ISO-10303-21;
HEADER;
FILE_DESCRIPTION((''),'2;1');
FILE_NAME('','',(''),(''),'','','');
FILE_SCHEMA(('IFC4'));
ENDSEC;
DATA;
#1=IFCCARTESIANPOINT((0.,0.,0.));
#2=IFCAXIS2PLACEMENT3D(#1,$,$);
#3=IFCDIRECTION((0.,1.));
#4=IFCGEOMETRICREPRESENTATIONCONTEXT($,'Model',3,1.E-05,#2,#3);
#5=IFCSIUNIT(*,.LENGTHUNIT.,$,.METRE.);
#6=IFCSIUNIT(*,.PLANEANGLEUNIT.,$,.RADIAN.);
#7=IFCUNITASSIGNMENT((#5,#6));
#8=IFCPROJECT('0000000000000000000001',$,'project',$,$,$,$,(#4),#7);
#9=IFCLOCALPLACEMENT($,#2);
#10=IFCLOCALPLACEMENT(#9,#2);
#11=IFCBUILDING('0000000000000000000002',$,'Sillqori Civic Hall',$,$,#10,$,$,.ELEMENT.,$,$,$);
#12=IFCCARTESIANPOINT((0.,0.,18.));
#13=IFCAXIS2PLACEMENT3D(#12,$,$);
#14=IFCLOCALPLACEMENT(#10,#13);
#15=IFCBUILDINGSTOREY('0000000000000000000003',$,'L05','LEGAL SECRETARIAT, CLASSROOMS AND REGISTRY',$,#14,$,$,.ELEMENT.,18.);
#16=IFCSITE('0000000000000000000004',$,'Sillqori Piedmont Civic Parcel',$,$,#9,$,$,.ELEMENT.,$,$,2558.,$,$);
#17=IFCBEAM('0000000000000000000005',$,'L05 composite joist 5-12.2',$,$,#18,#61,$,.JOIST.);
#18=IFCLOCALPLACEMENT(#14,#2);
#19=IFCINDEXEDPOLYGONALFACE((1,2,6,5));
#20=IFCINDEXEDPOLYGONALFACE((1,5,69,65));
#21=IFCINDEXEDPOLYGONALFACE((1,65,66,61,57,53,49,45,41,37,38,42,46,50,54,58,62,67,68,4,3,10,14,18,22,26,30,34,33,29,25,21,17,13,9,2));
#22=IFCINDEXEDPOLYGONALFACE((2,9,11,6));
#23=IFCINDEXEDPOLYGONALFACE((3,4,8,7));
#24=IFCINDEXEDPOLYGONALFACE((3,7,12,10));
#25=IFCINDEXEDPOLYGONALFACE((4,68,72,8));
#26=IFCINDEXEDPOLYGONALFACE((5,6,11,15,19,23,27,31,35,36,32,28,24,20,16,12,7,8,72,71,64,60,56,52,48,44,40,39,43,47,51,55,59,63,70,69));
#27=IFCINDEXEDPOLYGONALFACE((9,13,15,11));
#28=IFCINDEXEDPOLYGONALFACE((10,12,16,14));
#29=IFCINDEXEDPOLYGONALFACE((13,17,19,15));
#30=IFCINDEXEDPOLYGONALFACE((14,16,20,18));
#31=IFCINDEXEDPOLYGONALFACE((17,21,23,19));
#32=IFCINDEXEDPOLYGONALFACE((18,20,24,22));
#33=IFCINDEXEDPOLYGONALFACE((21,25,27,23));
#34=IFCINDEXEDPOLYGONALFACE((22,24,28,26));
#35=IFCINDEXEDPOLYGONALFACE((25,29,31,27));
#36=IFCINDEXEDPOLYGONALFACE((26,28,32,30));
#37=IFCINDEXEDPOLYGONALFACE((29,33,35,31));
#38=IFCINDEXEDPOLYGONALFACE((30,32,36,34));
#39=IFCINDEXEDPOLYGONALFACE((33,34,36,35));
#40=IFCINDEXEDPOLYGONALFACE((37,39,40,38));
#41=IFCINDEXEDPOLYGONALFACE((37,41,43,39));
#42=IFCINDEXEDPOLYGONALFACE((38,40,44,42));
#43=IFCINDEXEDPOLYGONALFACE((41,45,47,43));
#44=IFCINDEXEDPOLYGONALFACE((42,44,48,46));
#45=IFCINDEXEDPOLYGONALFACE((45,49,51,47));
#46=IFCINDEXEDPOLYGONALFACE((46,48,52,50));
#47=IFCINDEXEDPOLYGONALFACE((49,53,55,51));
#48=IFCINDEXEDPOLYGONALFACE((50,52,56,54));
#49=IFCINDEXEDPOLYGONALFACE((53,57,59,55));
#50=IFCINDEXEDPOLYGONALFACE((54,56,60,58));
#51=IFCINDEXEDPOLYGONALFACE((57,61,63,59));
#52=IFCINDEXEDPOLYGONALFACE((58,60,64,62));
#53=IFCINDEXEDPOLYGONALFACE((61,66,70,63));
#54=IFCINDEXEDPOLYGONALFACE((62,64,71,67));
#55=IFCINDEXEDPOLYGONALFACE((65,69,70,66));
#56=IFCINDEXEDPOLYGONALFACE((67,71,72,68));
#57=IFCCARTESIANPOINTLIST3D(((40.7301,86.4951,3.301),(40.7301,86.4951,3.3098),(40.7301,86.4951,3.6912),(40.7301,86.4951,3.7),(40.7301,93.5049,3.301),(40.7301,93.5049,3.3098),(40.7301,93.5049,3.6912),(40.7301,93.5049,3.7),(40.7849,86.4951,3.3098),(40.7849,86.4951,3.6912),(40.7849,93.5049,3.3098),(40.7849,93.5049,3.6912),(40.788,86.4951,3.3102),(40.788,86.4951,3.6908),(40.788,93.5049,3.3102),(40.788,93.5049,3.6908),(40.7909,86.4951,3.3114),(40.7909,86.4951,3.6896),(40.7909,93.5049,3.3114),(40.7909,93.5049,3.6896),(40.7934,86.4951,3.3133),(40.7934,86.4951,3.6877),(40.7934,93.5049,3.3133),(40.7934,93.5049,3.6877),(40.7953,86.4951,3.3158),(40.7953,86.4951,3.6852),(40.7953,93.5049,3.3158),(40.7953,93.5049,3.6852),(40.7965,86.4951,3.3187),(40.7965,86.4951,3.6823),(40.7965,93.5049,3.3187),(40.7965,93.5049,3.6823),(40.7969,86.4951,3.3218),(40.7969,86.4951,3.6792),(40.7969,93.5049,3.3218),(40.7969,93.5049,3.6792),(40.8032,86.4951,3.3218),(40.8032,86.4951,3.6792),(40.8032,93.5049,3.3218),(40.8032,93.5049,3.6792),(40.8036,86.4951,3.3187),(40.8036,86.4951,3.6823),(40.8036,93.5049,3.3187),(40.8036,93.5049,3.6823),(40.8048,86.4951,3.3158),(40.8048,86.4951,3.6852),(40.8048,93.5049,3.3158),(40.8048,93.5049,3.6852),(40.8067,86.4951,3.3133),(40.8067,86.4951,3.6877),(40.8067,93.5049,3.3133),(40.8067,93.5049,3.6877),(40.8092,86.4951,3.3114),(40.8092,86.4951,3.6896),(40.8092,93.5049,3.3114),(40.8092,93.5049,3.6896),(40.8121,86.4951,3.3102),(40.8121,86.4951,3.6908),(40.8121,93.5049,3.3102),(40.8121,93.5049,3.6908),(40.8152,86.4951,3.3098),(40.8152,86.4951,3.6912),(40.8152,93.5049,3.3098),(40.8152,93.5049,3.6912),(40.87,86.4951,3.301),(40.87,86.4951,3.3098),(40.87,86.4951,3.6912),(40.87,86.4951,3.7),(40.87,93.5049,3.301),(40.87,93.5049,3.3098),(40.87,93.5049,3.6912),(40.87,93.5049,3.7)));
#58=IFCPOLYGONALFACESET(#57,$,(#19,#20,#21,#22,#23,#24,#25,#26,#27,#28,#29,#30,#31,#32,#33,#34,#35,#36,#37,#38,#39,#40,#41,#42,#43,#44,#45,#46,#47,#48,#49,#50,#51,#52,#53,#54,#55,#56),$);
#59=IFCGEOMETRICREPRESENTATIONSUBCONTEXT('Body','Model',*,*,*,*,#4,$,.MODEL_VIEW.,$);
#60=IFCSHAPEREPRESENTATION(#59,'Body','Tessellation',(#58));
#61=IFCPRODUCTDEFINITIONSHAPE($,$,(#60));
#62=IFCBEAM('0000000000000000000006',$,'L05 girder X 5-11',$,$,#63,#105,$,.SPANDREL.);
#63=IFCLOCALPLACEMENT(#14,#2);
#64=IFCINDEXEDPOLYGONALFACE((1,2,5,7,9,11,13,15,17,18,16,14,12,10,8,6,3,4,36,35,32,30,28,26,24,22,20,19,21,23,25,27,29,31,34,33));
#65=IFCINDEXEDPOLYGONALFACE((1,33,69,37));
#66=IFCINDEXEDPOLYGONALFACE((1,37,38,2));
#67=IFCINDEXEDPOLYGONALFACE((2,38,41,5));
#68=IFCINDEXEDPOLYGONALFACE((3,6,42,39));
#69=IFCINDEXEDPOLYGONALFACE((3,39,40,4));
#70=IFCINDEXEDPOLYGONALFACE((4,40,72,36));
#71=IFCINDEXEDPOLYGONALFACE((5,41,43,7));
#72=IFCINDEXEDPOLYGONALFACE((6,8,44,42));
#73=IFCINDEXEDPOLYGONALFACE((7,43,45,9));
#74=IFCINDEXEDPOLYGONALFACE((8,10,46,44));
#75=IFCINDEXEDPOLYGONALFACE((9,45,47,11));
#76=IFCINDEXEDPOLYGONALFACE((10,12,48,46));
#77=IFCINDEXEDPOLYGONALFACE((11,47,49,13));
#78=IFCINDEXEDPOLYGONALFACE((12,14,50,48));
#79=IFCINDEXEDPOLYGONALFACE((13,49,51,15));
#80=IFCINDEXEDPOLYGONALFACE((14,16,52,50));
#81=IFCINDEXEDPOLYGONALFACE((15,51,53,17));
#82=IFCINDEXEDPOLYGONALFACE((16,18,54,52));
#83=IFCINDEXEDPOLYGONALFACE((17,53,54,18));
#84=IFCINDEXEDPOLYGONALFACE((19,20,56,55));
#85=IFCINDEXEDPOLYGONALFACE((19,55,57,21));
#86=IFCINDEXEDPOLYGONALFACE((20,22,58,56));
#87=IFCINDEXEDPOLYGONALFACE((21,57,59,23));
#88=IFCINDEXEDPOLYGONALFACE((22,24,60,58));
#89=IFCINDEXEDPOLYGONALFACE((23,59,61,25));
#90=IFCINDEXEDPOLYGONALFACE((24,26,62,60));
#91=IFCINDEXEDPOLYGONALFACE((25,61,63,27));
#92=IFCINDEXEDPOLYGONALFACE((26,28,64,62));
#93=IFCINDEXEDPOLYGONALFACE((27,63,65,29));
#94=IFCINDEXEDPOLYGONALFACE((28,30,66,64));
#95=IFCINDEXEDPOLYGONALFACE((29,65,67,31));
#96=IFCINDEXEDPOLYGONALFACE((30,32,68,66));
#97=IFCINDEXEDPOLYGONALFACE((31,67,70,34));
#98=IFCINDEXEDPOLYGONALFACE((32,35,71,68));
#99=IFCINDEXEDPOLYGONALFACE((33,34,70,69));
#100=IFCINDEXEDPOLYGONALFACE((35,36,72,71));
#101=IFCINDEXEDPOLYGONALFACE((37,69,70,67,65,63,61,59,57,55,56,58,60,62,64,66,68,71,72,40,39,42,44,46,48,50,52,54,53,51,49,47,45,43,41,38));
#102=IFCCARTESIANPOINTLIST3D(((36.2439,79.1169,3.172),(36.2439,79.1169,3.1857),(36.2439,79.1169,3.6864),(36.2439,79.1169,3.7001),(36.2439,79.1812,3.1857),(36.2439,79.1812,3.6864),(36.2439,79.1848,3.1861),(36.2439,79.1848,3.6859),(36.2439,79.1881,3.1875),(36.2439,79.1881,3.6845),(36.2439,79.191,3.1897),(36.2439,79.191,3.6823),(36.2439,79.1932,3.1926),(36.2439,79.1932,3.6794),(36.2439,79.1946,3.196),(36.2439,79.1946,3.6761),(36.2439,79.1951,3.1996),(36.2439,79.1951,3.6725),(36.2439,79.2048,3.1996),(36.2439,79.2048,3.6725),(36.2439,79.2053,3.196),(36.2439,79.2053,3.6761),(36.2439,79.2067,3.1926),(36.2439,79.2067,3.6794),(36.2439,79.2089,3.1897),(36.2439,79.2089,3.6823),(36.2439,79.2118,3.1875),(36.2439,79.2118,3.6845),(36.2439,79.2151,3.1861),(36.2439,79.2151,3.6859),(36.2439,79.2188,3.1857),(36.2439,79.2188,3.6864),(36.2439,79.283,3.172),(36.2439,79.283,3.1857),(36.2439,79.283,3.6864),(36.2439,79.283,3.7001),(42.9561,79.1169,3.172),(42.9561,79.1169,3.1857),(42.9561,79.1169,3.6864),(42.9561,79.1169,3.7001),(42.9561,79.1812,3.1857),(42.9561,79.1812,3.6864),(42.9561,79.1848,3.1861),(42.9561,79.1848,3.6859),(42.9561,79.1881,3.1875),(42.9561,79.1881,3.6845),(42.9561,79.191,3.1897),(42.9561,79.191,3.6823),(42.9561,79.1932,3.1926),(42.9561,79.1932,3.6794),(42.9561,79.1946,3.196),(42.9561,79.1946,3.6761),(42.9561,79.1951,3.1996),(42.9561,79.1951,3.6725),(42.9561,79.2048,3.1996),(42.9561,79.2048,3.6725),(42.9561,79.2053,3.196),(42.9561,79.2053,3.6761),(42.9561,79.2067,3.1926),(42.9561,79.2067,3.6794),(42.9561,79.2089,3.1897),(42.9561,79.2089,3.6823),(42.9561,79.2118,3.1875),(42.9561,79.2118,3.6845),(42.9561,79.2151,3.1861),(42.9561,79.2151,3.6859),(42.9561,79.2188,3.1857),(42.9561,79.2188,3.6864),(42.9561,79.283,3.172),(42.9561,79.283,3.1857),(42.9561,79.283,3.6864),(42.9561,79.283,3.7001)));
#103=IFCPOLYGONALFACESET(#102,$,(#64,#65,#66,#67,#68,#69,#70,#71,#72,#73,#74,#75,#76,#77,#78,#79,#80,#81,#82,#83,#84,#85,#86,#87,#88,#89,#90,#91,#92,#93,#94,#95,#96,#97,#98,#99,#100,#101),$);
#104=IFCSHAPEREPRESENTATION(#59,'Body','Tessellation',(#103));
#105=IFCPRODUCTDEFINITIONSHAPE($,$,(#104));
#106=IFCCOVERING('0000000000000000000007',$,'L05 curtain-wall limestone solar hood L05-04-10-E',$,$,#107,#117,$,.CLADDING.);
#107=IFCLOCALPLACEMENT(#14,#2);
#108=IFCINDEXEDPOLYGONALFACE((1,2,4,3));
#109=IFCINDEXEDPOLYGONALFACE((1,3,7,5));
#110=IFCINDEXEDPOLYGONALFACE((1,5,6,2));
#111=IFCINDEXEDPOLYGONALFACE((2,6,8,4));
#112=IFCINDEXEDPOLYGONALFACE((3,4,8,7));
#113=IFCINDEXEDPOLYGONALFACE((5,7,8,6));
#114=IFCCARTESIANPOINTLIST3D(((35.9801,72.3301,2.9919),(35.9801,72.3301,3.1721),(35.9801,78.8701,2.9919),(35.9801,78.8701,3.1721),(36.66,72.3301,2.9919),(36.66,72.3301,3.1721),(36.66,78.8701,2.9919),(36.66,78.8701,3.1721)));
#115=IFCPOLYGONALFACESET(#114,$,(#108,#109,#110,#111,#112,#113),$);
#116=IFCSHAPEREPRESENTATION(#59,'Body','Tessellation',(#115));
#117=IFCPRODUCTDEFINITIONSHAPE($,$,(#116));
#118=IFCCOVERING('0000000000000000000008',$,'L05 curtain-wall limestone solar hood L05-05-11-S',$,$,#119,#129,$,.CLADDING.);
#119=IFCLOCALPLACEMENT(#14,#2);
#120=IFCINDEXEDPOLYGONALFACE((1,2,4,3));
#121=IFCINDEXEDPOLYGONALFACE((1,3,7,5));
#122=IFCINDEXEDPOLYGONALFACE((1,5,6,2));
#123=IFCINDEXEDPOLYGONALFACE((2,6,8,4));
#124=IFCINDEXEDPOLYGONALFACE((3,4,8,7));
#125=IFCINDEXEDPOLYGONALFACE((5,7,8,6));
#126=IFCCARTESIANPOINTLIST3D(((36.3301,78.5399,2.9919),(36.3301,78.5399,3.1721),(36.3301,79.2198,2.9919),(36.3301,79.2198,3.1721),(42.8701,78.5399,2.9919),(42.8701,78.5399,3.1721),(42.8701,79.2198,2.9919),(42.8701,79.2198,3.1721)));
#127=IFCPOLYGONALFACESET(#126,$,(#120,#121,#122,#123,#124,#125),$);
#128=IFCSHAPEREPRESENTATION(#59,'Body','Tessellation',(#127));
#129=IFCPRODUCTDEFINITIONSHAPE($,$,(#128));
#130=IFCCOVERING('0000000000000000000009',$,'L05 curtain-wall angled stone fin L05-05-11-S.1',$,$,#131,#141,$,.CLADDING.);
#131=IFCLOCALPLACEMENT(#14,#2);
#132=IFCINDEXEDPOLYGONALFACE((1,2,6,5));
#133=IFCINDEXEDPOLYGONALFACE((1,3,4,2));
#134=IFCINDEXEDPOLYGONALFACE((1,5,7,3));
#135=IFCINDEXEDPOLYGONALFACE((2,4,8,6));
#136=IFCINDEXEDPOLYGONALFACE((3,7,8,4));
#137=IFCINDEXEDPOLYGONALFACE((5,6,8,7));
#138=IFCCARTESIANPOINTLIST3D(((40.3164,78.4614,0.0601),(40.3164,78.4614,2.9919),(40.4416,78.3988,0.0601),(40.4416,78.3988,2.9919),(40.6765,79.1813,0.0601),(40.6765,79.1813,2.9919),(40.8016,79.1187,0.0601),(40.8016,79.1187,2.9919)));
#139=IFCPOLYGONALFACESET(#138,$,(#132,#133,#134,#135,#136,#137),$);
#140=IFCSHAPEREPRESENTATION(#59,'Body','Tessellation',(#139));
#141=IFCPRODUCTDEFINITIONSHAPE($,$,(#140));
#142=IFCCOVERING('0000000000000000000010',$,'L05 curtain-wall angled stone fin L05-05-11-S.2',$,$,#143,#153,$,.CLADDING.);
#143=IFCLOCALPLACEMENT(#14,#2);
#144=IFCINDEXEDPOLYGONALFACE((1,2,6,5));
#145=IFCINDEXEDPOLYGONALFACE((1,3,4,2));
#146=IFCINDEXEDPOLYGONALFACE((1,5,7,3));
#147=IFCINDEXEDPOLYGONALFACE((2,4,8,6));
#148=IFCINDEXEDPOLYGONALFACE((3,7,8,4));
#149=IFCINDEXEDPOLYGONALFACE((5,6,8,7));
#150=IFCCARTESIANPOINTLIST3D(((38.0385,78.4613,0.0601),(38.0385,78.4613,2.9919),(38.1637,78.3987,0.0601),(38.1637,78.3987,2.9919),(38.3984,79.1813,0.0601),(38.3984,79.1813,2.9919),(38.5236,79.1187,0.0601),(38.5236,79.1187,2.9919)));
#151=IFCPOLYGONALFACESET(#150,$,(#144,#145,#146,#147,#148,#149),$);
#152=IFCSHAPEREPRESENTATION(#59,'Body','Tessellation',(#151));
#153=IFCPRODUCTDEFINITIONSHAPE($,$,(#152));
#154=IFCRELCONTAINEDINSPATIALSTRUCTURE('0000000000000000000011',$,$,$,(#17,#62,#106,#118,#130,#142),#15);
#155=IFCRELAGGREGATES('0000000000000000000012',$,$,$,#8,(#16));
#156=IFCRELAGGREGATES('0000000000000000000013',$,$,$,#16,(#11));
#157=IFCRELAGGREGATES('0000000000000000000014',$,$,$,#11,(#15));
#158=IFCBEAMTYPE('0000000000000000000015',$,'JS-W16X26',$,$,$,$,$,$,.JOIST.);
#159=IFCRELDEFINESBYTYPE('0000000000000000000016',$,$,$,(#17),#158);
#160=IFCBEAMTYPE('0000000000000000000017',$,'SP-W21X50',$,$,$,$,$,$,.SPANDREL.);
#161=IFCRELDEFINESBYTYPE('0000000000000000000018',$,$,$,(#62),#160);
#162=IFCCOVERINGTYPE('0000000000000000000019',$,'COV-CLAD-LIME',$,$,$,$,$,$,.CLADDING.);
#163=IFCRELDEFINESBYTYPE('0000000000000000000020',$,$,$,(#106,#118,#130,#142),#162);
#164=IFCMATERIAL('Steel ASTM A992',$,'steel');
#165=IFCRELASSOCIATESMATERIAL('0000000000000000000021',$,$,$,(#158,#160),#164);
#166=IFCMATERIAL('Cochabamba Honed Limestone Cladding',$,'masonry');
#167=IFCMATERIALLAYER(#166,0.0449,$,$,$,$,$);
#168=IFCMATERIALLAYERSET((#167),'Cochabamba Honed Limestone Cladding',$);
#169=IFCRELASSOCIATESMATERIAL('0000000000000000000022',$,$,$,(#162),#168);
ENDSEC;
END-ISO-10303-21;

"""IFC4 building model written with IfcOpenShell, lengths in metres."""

from ifc_helpers import new_model, si_unit, direction, frame, frame_2d, origin, origin_2d, place, context, subcontext, project, spatial, rectangle, i_section, extrude, material, layer, layer_set, material_profile, profile_set, type_object, element, save


model = new_model("IFC4")

# Units and contexts
model_context = context("Model", 3, precision=1e-05, world=origin(), true_north=direction((0.0, 1.0)))
body_context = subcontext(model_context, "Body", "Model", "MODEL_VIEW")
ifc_project = project(units=[si_unit("LENGTHUNIT", "METRE"), si_unit("PLANEANGLEUNIT", "RADIAN")], contexts=[model_context])

# Site, building, storey
site_placement = place(None, origin())
site = spatial("IfcSite", under=ifc_project, at=site_placement, Name="Sillqori Piedmont Civic Parcel", CompositionType="ELEMENT", RefElevation=2558.0)
building_placement = place(site_placement, origin())
building = spatial("IfcBuilding", under=site, at=building_placement, Name="Sillqori Civic Hall", CompositionType="ELEMENT")
storey_placement = place(building_placement, frame((0.0, 0.0, 18.0)))
storey = spatial("IfcBuildingStorey", under=building, at=storey_placement, Name="L05", Description="LEGAL SECRETARIAT, CLASSROOMS AND REGISTRY", CompositionType="ELEMENT", Elevation=18.0)

# Shared definitions
ifc_material_1 = material(Name="Steel ASTM A992", Category="steel")

# Beams
ifc_material_profile_1 = material_profile(ifc_material_1, i_section(OverallWidth=0.1399, OverallDepth=0.3989, WebThickness=0.0063, FlangeThickness=0.0088, FilletRadius=0.012, at=origin_2d()), Name="W16X26")
ifc_profile_set_1 = profile_set([ifc_material_profile_1], Name="Steel ASTM A992")
beam_type_1 = type_object("IfcBeamType", Name="JS-W16X26", PredefinedType="JOIST", material=ifc_profile_set_1)
for number, where, z_axis, x_axis, name in (
    (1, (40.8, 86.4951, 3.5005), (0.0, 1.0, 0.0), (-1.0, 0.0, 0.0), "L05 composite joist 5-12.2"),
):
    element("IfcBeam", number, at=place(storey_placement, frame(where, z_axis=z_axis, x_axis=x_axis)), inside=storey, type_object=beam_type_1, Name=name, PredefinedType="JOIST", context=body_context, shape_type="SweptSolid", body=[
        extrude(i_section(OverallWidth=0.1399, OverallDepth=0.3989, WebThickness=0.0063, FlangeThickness=0.0088, FilletRadius=0.012, at=origin_2d()), origin(), (0.0, 0.0, 1.0), 7.0098),
    ])
ifc_material_profile_2 = material_profile(ifc_material_1, i_section(OverallWidth=0.166, OverallDepth=0.5281, WebThickness=0.0098, FlangeThickness=0.0137, FilletRadius=0.0139, at=origin_2d()), Name="W21X50")
ifc_profile_set_2 = profile_set([ifc_material_profile_2], Name="Steel ASTM A992")
beam_type_2 = type_object("IfcBeamType", Name="SP-W21X50", PredefinedType="SPANDREL", material=ifc_profile_set_2)
beam_1_placement = place(storey_placement, frame((36.2439, 79.2, 3.436), z_axis=(1.0, 0.0, 0.0), x_axis=(0.0, 1.0, 0.0)))
element("IfcBeam", 2, at=beam_1_placement, inside=storey, type_object=beam_type_2, Name="L05 girder X 5-11", PredefinedType="SPANDREL", context=body_context, shape_type="SweptSolid", body=[
    extrude(i_section(OverallWidth=0.166, OverallDepth=0.5281, WebThickness=0.0098, FlangeThickness=0.0137, FilletRadius=0.0139, at=origin_2d()), origin(), (0.0, 0.0, 1.0), 6.7122),
])

# Coverings
ifc_material_2 = material(Name="Cochabamba Honed Limestone Cladding", Category="masonry")
ifc_layer_1 = layer(ifc_material_2, 0.0449)
ifc_layer_set_1 = layer_set([ifc_layer_1], Name="Cochabamba Honed Limestone Cladding")
covering_type = type_object("IfcCoveringType", Name="COV-CLAD-LIME", PredefinedType="CLADDING", material=ifc_layer_set_1)
for number, where, z_axis, x_axis, name in (
    (3, (36.3201, 78.8701, 2.9919), (0.0, 0.0, 1.0), (0.0, -1.0, 0.0), "L05 curtain-wall limestone solar hood L05-04-10-E"),
    (4, (42.8701, 78.8799, 2.9919), (0.0, 0.0, 1.0), (-1.0, 0.0, 0.0), "L05 curtain-wall limestone solar hood L05-05-11-S"),
):
    element("IfcCovering", number, at=place(storey_placement, frame(where, z_axis=z_axis, x_axis=x_axis)), inside=storey, type_object=covering_type, Name=name, PredefinedType="CLADDING", context=body_context, shape_type="SweptSolid", body=[
        extrude(rectangle(XDim=6.54, YDim=0.6799, at=frame_2d((3.27, 0.0))), origin(), (0.0, 0.0, 1.0), 0.1802),
    ])
for number, where, z_axis, x_axis, name in (
    (5, (40.739, 79.1499, 0.0601), (0.0, 0.0, 1.0), (-0.447335, -0.894367, 0.0), "L05 curtain-wall angled stone fin L05-05-11-S.1"),
    (6, (38.4609, 79.1499, 0.0601), (0.0, 0.0, 1.0), (-0.447092, -0.894488, 0.0), "L05 curtain-wall angled stone fin L05-05-11-S.2"),
):
    element("IfcCovering", number, at=place(storey_placement, frame(where, z_axis=z_axis, x_axis=x_axis)), inside=storey, type_object=covering_type, Name=name, PredefinedType="CLADDING", context=body_context, shape_type="SweptSolid", body=[
        extrude(rectangle(XDim=0.8049, YDim=0.1399, at=frame_2d((0.4023, 0.0))), origin(), (0.0, 0.0, 1.0), 2.9319),
    ])

save(model, "model.ifc")
